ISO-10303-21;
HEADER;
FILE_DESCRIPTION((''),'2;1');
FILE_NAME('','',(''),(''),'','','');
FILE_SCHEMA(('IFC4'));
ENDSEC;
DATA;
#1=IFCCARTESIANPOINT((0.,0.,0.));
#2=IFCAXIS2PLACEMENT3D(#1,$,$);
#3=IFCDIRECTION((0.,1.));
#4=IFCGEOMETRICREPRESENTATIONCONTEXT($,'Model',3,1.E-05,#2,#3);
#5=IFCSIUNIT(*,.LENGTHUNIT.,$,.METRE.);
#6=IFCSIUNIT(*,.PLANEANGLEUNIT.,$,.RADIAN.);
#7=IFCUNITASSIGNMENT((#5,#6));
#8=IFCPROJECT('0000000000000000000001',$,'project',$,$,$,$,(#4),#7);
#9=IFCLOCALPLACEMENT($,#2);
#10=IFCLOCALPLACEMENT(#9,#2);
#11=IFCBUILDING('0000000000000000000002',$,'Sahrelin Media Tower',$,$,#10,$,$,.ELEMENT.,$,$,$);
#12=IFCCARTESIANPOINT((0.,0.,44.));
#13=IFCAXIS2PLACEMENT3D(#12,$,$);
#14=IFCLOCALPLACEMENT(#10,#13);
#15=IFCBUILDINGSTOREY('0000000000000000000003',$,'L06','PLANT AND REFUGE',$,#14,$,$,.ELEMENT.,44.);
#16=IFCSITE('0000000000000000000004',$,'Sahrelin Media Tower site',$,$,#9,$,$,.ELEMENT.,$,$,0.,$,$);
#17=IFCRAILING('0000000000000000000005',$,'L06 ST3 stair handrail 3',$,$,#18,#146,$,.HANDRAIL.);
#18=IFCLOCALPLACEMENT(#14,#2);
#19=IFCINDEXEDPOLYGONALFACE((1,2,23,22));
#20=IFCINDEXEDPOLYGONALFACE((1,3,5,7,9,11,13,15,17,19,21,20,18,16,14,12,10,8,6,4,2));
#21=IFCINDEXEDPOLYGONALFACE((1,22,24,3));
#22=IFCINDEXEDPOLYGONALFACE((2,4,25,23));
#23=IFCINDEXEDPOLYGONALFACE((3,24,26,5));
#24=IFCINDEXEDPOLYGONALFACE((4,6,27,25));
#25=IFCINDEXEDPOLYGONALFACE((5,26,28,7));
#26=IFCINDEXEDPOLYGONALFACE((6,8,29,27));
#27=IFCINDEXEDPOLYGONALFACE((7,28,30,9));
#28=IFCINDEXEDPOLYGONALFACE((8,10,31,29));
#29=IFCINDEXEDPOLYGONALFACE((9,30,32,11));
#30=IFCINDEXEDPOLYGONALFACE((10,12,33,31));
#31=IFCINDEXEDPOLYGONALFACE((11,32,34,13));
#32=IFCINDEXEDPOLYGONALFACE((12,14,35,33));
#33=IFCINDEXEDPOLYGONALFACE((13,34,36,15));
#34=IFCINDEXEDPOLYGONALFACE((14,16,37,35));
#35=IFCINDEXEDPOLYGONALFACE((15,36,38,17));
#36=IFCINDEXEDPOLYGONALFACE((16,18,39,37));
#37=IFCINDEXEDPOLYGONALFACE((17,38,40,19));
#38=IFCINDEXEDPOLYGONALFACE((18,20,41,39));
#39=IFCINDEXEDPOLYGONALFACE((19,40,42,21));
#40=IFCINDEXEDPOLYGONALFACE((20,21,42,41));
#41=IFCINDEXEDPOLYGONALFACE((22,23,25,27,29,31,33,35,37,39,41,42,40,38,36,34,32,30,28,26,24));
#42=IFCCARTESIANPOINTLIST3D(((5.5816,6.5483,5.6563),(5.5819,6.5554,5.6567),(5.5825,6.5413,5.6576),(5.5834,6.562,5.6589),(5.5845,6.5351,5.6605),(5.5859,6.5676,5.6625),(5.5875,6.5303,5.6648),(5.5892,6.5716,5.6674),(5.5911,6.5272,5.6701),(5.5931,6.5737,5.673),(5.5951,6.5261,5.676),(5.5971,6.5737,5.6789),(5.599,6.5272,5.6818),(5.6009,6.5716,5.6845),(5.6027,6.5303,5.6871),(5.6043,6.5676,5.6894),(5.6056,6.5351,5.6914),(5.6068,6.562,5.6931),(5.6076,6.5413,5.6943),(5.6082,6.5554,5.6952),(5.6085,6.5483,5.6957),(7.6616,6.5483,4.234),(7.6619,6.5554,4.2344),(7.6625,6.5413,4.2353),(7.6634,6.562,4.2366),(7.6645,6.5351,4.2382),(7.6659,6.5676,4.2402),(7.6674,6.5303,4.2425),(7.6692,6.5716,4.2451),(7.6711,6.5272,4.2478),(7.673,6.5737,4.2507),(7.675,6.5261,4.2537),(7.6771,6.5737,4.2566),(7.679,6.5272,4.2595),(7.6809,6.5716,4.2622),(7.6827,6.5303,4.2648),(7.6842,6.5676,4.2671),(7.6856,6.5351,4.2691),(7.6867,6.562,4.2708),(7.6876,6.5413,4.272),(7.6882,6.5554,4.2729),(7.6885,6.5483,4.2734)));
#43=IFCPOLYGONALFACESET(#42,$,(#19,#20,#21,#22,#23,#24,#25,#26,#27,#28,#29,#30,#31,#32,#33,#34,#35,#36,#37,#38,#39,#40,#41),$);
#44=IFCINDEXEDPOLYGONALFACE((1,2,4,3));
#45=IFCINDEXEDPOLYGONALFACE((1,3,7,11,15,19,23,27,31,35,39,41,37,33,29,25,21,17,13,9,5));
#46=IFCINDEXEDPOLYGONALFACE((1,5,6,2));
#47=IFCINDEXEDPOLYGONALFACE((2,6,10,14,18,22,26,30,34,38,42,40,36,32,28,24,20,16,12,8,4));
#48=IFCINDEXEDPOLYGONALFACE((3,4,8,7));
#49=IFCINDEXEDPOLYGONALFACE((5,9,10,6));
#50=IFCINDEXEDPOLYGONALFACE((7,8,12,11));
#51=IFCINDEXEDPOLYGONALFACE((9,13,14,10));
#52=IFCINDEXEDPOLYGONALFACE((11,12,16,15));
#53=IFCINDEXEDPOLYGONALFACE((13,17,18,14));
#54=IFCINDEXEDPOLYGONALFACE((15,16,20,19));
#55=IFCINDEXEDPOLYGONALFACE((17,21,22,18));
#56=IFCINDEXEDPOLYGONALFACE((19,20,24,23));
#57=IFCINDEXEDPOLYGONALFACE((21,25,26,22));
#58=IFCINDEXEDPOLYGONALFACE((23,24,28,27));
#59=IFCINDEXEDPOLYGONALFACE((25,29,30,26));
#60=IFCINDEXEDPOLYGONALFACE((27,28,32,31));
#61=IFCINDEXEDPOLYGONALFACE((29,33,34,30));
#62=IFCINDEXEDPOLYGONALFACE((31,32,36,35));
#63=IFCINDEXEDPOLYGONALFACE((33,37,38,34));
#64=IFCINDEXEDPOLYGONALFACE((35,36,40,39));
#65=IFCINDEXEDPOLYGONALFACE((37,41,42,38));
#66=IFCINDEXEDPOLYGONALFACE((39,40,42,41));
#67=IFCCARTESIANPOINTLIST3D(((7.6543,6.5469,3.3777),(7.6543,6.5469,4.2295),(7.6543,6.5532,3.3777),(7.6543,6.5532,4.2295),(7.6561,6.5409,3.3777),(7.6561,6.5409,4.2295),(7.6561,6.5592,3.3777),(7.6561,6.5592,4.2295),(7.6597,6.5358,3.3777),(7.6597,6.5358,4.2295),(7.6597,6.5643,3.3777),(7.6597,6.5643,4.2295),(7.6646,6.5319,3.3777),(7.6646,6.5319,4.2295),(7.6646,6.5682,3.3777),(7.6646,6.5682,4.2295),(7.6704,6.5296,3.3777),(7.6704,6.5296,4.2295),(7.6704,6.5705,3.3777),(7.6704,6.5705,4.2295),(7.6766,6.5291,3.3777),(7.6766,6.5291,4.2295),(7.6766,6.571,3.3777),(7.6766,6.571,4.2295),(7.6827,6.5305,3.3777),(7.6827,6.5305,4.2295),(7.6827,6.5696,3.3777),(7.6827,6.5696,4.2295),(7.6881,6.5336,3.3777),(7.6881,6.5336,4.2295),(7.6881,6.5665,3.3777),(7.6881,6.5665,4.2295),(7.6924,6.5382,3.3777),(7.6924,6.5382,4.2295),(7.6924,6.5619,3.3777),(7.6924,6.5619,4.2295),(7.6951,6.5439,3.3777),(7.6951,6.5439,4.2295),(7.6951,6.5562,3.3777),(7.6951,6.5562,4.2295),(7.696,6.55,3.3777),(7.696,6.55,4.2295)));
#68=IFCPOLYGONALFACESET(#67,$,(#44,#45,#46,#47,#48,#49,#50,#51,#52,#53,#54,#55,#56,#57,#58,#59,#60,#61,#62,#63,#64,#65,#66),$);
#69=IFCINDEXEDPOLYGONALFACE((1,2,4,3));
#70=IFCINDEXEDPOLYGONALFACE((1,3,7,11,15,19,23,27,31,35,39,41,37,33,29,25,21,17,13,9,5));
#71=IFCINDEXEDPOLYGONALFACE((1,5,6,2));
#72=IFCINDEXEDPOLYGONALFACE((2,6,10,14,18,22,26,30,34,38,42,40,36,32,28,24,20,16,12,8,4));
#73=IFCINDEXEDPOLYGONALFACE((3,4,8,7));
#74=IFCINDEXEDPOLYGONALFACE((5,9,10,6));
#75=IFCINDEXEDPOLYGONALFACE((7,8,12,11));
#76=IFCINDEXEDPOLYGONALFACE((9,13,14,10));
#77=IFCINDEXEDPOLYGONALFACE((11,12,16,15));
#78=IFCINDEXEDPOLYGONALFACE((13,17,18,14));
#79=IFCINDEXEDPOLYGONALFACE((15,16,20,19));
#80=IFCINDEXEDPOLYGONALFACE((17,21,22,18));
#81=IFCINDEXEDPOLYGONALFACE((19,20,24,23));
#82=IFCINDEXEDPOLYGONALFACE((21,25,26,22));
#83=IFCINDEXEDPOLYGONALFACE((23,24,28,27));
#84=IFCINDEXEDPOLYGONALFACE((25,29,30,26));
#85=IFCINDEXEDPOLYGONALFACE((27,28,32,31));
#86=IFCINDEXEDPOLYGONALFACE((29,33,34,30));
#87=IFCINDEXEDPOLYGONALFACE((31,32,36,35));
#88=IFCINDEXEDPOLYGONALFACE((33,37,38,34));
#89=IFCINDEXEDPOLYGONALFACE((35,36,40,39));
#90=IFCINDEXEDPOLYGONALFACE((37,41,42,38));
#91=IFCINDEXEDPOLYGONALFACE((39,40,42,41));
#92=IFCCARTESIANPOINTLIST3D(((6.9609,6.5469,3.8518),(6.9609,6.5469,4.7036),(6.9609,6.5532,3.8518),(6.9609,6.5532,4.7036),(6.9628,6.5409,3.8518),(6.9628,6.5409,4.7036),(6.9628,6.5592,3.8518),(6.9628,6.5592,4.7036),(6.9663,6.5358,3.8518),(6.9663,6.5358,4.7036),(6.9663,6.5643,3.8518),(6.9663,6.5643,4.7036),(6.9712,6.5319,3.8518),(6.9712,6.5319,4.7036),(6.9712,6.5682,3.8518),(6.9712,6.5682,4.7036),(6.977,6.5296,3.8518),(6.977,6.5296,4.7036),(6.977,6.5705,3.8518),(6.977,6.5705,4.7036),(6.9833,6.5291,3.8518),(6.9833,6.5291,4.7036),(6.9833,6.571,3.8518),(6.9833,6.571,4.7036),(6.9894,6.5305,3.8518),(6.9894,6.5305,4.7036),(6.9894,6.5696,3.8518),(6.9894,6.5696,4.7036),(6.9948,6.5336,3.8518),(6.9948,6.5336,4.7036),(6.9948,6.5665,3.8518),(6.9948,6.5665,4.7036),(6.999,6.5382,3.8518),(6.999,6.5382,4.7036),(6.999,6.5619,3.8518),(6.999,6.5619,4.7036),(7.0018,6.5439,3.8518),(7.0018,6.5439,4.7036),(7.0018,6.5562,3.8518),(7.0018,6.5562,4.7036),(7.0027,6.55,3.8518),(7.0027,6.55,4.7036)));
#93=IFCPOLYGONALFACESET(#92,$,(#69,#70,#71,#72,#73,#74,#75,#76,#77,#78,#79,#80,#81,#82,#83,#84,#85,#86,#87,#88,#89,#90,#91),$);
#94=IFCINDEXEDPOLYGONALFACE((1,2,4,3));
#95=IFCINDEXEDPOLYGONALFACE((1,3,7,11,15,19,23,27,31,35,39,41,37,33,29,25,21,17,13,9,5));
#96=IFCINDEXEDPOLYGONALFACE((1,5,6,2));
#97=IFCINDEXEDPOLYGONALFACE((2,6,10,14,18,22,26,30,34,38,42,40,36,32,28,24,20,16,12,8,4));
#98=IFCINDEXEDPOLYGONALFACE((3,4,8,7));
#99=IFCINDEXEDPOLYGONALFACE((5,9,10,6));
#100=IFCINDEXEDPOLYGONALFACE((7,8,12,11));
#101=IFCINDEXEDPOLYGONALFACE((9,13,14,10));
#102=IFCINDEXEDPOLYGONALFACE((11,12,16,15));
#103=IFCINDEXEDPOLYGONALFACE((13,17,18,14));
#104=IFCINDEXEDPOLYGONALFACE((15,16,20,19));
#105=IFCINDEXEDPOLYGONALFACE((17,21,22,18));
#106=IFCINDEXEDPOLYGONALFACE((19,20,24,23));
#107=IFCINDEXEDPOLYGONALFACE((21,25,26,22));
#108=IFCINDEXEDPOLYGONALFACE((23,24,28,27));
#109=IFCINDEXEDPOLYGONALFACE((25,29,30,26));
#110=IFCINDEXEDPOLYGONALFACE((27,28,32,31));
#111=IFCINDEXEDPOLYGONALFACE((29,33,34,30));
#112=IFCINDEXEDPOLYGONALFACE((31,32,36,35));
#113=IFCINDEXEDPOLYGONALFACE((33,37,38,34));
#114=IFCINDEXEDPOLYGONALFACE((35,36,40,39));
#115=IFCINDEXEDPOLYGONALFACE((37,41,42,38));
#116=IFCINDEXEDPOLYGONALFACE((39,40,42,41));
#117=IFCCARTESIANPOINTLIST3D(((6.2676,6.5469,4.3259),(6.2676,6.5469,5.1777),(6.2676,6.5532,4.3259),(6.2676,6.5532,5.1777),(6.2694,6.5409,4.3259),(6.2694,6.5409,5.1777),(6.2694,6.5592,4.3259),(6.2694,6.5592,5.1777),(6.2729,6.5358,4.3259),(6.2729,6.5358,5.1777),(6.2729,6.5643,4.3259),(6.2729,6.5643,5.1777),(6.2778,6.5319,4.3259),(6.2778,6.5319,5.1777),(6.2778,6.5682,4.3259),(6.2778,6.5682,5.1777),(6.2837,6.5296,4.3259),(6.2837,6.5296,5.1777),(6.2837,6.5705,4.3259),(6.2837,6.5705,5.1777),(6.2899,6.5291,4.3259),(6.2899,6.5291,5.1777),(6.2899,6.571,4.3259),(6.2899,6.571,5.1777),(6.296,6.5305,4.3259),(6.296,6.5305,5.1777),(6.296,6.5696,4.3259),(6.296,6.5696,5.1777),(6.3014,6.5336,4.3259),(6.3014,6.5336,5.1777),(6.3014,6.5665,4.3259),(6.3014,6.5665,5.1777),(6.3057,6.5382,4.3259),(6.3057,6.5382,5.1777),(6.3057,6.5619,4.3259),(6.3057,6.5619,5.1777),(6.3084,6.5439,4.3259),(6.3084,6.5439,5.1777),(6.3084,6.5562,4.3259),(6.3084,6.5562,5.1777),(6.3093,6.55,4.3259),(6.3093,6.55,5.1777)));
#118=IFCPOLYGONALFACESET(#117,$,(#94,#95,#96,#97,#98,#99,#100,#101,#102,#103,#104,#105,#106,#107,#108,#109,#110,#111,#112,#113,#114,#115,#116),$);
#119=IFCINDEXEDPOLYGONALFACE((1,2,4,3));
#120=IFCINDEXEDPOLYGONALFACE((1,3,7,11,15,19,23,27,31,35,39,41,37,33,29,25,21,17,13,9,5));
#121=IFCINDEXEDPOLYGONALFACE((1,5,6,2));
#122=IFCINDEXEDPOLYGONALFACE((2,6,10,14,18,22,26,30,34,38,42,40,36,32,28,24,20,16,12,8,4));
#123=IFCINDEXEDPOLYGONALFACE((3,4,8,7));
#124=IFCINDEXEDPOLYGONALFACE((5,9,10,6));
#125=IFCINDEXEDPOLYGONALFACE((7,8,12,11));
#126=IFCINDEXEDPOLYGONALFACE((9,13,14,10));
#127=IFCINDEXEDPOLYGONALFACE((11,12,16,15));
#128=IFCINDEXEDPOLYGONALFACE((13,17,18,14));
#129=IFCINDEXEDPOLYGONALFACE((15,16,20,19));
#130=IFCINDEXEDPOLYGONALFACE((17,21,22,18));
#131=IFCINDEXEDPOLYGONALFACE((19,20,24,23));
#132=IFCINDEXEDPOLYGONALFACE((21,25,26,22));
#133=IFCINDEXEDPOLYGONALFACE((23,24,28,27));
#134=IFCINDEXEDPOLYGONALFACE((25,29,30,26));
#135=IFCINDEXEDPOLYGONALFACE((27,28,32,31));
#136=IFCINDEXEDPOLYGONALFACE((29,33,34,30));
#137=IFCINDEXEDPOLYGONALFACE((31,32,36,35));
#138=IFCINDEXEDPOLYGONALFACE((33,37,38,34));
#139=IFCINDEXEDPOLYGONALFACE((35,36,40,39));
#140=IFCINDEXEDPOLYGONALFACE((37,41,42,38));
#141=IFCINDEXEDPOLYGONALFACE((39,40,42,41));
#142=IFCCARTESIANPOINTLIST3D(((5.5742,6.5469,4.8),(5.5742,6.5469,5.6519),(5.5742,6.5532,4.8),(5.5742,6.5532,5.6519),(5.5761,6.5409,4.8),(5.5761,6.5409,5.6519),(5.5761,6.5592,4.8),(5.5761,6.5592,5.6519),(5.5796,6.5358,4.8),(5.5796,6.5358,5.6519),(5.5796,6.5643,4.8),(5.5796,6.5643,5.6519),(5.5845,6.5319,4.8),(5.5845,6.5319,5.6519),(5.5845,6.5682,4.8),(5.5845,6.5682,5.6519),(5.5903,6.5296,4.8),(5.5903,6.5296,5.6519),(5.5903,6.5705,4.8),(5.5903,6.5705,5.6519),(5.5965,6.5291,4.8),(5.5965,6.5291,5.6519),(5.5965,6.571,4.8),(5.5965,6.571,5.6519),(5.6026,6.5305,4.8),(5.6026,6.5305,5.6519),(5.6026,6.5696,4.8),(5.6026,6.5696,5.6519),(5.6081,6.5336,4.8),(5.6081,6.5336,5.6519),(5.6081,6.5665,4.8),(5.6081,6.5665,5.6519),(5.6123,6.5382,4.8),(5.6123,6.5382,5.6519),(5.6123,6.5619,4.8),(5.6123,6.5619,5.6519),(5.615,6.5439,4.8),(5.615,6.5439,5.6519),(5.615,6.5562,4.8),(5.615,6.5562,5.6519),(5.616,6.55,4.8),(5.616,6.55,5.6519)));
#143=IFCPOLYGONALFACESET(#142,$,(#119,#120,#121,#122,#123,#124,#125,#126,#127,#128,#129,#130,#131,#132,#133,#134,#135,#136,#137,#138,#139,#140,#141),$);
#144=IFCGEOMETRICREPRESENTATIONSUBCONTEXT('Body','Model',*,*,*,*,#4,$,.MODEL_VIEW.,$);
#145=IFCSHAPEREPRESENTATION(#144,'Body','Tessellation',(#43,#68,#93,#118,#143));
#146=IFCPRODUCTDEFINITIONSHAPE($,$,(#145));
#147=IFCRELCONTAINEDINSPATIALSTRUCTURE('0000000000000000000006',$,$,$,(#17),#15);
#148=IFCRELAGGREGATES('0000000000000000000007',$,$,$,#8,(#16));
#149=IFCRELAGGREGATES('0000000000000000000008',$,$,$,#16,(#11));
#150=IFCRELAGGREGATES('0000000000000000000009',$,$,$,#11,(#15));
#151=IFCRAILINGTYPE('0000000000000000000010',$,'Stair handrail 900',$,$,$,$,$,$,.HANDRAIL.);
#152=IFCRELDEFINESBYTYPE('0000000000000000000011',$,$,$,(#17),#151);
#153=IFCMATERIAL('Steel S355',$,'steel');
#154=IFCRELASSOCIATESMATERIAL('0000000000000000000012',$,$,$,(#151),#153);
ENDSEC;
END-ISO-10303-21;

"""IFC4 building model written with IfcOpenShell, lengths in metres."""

from ifc_helpers import new_model, si_unit, direction, frame, origin, origin_2d, place, context, subcontext, project, spatial, circle, extrude, material, type_object, element, save


model = new_model("IFC4")

# Units and contexts
model_context = context("Model", 3, precision=1e-05, world=origin(), true_north=direction((0.0, 1.0)))
body_context = subcontext(model_context, "Body", "Model", "MODEL_VIEW")
ifc_project = project(units=[si_unit("LENGTHUNIT", "METRE"), si_unit("PLANEANGLEUNIT", "RADIAN")], contexts=[model_context])

# Site, building, storey
site_placement = place(None, origin())
site = spatial("IfcSite", under=ifc_project, at=site_placement, Name="Sahrelin Media Tower site", CompositionType="ELEMENT", RefElevation=0.0)
building_placement = place(site_placement, origin())
building = spatial("IfcBuilding", under=site, at=building_placement, Name="Sahrelin Media Tower", CompositionType="ELEMENT")
storey_placement = place(building_placement, frame((0.0, 0.0, 44.0)))
storey = spatial("IfcBuildingStorey", under=building, at=storey_placement, Name="L06", Description="PLANT AND REFUGE", CompositionType="ELEMENT", Elevation=44.0)

# Shared definitions
ifc_material_1 = material(Name="Steel S355", Category="steel")

# Railing
railing_type_1 = type_object("IfcRailingType", Name="Stair handrail 900", PredefinedType="HANDRAIL", material=ifc_material_1)
for number, where, name in (
    (1, (7.675, 6.55, 3.3777), "L06 ST3 stair handrail 3"),
):
    element("IfcRailing", number, at=place(storey_placement, frame(where)), inside=storey, type_object=railing_type_1, Name=name, PredefinedType="HANDRAIL", context=body_context, shape_type="SweptSolid", body=[
        extrude(circle(Radius=0.0239, at=origin_2d()), frame((0.0, 0.0, 0.876), z_axis=(-0.825464, 0.0, 0.564455), x_axis=(0.0, -1.0, 0.0)), (0.0, 0.0, 1.0), 2.5198),
        extrude(circle(Radius=0.021, at=origin_2d()), origin(), (0.0, 0.0, 1.0), 0.8518),
        extrude(circle(Radius=0.021, at=origin_2d()), frame((-0.6934, 0.0, 0.4741)), (0.0, 0.0, 1.0), 0.8518),
        extrude(circle(Radius=0.021, at=origin_2d()), frame((-1.3867, 0.0, 0.9482)), (0.0, 0.0, 1.0), 0.8518),
        extrude(circle(Radius=0.021, at=origin_2d()), frame((-2.0801, 0.0, 1.4224)), (0.0, 0.0, 1.0), 0.8518),
    ])

save(model, "model.ifc")
